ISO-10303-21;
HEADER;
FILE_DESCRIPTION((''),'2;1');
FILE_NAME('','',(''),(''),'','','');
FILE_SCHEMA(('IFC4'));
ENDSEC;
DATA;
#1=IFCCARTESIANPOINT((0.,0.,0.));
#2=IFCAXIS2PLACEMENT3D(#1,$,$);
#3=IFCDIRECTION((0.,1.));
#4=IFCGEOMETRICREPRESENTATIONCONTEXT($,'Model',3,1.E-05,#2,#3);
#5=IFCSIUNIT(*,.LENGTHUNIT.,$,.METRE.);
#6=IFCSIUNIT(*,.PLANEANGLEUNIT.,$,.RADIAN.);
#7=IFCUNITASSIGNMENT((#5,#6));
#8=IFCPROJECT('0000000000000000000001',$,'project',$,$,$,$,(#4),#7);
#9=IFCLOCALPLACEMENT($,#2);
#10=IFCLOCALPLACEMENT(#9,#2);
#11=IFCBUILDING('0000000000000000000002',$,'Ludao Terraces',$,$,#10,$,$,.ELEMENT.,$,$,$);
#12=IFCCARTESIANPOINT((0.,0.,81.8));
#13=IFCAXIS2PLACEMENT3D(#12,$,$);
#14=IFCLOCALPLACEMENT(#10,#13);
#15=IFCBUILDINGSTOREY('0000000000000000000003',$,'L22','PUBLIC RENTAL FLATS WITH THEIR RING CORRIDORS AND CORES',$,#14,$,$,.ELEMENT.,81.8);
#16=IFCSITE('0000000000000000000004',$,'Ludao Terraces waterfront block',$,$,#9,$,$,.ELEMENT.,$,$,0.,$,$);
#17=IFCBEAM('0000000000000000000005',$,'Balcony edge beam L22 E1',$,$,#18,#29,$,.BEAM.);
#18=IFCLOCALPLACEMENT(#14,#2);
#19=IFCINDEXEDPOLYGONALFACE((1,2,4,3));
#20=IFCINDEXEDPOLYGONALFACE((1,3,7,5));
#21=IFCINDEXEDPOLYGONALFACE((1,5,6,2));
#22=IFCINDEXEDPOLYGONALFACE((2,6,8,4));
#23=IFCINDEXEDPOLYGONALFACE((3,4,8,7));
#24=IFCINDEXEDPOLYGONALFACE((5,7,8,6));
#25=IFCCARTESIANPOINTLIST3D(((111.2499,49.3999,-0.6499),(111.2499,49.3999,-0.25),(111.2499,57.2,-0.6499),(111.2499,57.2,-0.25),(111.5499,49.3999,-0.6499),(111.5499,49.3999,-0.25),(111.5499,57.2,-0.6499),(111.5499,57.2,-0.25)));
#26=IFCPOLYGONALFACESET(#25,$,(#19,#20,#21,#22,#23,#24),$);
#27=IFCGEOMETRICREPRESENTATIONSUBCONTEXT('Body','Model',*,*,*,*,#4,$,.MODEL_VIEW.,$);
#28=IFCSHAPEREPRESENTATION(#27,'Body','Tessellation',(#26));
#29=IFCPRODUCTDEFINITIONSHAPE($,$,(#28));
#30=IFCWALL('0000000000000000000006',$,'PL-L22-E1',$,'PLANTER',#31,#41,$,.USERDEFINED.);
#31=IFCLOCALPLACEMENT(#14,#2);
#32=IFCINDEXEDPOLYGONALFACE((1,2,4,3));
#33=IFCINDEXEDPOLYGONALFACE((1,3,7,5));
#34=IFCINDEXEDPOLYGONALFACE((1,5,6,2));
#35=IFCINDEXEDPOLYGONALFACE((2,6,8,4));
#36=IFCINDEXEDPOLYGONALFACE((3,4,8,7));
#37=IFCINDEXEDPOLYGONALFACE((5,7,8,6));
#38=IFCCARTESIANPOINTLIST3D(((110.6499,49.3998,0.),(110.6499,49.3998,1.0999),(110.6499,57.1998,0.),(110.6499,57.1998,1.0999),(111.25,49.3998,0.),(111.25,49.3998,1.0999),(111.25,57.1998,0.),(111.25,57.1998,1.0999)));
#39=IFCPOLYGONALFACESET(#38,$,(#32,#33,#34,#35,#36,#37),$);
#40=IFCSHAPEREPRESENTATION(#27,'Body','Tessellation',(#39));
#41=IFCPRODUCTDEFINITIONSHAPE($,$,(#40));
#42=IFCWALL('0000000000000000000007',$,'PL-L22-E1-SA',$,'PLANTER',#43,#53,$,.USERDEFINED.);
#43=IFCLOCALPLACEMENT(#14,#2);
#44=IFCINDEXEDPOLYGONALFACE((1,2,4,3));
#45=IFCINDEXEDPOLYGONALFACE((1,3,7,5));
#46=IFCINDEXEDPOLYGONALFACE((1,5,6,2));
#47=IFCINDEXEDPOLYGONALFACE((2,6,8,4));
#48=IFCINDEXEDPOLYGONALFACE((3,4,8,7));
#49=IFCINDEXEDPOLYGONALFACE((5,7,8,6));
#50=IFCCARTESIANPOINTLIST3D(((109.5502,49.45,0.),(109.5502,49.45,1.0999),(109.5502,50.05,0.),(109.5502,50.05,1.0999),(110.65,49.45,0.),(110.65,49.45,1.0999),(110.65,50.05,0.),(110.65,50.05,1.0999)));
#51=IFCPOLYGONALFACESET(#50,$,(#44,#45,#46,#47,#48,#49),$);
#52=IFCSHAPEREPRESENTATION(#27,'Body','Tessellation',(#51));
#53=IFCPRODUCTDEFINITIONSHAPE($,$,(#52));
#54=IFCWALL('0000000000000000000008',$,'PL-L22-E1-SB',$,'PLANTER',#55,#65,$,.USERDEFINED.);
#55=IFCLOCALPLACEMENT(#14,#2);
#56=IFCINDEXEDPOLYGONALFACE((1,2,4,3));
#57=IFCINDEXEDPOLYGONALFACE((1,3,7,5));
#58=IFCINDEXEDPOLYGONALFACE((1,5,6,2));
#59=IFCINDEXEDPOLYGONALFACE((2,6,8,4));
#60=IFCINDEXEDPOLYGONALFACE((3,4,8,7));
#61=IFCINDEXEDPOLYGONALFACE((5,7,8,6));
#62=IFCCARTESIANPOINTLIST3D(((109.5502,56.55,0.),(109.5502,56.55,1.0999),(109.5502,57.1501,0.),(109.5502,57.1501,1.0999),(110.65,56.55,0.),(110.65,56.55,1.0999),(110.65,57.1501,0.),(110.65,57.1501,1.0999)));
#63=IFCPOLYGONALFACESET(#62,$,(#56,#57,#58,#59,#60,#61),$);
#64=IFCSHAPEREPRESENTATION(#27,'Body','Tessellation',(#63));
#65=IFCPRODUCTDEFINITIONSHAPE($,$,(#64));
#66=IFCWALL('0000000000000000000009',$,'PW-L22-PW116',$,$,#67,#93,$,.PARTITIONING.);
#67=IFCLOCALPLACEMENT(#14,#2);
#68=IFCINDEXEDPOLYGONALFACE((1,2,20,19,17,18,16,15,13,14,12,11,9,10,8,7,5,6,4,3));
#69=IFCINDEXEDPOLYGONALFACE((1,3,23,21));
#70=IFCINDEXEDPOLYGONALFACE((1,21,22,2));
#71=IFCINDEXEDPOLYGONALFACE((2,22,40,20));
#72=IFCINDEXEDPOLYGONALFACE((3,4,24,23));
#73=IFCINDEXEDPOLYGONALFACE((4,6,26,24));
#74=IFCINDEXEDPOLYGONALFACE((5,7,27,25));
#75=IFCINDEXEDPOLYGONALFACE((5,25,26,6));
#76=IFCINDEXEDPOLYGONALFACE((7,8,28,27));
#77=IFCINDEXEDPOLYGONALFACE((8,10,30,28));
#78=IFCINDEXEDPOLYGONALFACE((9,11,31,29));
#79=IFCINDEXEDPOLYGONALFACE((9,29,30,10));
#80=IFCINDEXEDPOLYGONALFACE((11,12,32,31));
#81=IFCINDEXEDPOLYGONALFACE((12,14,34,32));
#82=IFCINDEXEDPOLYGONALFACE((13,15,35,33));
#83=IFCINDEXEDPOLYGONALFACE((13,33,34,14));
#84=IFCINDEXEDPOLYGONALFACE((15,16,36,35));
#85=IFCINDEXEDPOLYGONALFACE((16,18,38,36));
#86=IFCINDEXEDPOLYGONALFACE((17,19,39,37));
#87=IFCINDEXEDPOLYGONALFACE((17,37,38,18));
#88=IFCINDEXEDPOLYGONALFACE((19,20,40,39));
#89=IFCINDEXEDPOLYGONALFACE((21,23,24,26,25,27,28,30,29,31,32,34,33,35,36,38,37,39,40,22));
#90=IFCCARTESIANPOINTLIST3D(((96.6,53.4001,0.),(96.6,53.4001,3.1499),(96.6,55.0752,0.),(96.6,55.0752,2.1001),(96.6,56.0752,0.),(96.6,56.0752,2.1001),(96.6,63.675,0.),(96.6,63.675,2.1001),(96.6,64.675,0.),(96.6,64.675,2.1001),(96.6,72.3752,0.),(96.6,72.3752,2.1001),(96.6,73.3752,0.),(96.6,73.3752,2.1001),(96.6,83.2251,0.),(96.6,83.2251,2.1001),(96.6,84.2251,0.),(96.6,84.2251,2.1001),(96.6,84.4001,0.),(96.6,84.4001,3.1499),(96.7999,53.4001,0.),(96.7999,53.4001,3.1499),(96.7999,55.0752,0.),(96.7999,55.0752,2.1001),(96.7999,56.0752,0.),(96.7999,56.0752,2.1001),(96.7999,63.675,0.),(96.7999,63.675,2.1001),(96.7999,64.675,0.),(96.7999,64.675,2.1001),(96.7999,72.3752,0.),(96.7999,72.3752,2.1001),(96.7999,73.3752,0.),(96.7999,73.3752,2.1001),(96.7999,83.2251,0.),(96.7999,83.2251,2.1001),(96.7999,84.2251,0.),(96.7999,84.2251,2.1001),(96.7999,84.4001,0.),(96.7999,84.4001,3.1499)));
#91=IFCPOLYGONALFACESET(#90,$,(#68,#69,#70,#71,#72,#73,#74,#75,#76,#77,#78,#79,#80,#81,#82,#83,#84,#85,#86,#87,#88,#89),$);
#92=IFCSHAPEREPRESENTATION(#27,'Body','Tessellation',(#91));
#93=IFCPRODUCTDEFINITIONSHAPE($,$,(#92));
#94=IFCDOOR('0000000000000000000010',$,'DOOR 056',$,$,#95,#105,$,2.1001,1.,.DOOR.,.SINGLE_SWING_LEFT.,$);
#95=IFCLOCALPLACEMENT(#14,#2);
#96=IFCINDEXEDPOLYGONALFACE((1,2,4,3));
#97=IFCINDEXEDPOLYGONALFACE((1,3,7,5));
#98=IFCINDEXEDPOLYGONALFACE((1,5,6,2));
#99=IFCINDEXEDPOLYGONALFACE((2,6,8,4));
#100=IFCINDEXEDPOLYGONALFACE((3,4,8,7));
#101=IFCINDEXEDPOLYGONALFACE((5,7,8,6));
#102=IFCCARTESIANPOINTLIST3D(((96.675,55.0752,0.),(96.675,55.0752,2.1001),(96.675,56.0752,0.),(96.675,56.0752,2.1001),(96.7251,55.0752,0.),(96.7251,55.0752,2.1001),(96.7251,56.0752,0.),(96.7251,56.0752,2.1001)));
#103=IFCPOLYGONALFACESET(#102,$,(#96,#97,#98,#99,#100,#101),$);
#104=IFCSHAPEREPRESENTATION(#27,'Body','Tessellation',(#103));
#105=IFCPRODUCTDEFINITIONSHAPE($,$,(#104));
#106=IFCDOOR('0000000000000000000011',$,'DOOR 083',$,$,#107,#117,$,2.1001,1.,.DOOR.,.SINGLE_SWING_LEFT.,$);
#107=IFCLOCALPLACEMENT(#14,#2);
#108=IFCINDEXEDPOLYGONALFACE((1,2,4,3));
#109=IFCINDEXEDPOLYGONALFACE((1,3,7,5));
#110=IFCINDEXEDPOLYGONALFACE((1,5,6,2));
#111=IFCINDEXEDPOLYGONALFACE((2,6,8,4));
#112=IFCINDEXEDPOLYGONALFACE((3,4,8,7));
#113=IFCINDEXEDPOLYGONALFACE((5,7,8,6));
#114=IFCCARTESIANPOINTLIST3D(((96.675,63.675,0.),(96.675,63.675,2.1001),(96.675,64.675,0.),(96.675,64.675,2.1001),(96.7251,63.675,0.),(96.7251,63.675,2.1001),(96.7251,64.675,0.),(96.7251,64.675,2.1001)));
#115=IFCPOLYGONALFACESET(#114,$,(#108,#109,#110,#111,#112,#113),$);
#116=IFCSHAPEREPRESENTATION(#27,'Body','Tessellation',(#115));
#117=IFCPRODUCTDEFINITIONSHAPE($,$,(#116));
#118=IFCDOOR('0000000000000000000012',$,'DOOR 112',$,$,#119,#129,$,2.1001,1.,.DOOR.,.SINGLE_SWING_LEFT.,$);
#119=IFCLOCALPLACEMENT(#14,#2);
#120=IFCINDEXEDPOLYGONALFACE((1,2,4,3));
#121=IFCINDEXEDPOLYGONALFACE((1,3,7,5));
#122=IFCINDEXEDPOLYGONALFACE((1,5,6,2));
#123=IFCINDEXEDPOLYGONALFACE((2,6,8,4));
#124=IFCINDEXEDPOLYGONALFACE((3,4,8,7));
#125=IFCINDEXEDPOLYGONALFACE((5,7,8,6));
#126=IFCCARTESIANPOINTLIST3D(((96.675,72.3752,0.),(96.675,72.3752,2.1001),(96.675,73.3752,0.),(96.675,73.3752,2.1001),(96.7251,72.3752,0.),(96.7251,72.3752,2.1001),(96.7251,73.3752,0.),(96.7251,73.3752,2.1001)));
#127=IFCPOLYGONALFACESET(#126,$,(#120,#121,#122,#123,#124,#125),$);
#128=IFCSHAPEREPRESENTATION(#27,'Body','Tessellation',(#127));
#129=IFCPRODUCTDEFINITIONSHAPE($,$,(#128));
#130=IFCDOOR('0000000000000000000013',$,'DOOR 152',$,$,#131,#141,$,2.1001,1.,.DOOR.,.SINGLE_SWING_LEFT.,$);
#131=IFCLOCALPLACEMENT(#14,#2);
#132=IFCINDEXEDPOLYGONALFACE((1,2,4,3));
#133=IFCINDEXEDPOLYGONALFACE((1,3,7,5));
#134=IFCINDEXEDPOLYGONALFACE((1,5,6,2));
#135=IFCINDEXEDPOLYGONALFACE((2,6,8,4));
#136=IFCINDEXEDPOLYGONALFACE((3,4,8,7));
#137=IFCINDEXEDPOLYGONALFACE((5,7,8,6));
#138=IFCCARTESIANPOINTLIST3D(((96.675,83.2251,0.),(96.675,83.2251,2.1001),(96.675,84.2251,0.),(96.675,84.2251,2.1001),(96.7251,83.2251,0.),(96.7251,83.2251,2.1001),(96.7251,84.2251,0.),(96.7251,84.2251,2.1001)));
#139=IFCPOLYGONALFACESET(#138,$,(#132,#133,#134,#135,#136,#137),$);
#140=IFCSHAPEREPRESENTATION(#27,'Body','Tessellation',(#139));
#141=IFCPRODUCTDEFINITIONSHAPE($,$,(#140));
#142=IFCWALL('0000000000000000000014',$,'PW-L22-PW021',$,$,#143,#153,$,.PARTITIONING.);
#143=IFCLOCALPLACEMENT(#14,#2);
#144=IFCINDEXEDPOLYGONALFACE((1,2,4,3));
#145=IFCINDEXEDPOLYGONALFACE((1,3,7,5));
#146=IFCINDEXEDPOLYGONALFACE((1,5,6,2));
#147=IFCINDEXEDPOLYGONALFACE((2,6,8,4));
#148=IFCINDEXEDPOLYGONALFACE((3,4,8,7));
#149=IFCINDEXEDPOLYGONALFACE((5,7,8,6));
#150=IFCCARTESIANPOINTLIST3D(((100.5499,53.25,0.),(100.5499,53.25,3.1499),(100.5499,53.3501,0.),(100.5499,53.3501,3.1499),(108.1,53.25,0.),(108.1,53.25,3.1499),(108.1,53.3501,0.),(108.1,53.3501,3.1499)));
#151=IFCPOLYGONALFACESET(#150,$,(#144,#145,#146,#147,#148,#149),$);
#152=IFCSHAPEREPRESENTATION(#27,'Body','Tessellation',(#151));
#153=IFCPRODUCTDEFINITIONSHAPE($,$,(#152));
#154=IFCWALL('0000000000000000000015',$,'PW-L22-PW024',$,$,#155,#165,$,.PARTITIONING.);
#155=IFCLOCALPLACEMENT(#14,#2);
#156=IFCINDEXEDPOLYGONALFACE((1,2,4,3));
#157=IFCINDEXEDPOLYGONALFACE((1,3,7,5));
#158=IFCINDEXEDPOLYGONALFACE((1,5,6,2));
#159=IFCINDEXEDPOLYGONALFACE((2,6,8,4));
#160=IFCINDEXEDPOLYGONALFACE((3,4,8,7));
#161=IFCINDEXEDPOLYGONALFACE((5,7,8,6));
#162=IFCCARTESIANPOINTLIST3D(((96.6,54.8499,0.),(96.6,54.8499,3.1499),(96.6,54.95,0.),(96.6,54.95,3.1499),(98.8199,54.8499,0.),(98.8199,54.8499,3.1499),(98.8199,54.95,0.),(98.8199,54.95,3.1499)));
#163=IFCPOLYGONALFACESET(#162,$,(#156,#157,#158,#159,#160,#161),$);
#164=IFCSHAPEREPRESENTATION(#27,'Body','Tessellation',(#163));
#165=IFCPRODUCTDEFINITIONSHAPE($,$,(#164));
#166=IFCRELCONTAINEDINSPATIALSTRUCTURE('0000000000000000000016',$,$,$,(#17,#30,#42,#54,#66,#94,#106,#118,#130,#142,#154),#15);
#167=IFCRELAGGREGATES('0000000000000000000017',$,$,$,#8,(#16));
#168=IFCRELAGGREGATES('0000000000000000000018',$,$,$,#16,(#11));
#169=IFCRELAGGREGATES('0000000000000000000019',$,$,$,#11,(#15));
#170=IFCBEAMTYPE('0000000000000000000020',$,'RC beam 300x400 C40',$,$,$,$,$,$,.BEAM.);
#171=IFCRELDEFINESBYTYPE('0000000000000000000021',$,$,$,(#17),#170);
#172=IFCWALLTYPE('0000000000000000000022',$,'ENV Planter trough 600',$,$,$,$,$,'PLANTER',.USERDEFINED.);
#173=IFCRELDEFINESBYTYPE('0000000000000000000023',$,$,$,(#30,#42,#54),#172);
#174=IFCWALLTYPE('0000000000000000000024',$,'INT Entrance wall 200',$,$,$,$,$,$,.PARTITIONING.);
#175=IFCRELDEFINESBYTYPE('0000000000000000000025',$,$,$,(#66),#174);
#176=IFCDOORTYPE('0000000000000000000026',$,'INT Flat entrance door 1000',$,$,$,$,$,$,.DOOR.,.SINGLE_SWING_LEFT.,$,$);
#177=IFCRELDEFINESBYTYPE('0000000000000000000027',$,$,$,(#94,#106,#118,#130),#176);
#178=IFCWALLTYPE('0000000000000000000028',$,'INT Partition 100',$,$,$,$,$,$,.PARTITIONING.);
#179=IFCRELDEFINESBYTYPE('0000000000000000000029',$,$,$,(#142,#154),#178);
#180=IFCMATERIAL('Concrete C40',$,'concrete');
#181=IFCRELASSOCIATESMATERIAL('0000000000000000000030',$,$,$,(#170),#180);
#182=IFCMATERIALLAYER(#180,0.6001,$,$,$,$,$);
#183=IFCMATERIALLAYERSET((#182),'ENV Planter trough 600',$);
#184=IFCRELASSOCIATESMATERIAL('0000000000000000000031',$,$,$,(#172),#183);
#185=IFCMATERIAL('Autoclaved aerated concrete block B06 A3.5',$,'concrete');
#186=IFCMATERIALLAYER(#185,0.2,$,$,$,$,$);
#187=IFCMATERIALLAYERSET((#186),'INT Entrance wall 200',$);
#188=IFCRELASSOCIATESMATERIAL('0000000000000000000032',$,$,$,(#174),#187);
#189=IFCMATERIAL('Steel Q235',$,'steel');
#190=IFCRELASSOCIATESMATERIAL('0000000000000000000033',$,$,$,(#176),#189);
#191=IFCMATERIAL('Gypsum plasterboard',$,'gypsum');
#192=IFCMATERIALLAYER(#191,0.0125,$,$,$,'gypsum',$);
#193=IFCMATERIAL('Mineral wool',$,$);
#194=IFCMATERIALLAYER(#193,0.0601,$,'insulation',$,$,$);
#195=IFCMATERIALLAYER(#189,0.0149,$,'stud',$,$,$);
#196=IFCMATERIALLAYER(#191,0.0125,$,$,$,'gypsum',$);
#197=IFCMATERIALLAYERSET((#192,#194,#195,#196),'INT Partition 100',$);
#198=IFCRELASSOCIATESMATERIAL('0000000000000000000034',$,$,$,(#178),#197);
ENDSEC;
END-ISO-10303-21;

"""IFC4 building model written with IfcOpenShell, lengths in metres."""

from ifc_helpers import new_model, si_unit, direction, frame, frame_2d, origin, origin_2d, place, context, subcontext, project, spatial, rectangle, extrude, material, layer, layer_set, material_profile, profile_set, type_object, element, fill, save


model = new_model("IFC4")

# Units and contexts
model_context = context("Model", 3, precision=1e-05, world=origin(), true_north=direction((0.0, 1.0)))
body_context = subcontext(model_context, "Body", "Model", "MODEL_VIEW")
ifc_project = project(units=[si_unit("LENGTHUNIT", "METRE"), si_unit("PLANEANGLEUNIT", "RADIAN")], contexts=[model_context])

# Site, building, storey
site_placement = place(None, origin())
site = spatial("IfcSite", under=ifc_project, at=site_placement, Name="Ludao Terraces waterfront block", CompositionType="ELEMENT", RefElevation=0.0)
building_placement = place(site_placement, origin())
building = spatial("IfcBuilding", under=site, at=building_placement, Name="Ludao Terraces", CompositionType="ELEMENT")
storey_placement = place(building_placement, frame((0.0, 0.0, 81.8)))
storey = spatial("IfcBuildingStorey", under=building, at=storey_placement, Name="L22", Description="PUBLIC RENTAL FLATS WITH THEIR RING CORRIDORS AND CORES", CompositionType="ELEMENT", Elevation=81.8)

# Beam
ifc_material_1 = material(Name="Concrete C40", Category="concrete")
ifc_material_profile = material_profile(ifc_material_1, rectangle(XDim=0.3, YDim=0.3999, at=origin_2d()), Name="300 X 400")
ifc_profile_set = profile_set([ifc_material_profile], Name="Concrete C40")
beam_type = type_object("IfcBeamType", Name="RC beam 300x400 C40", PredefinedType="BEAM", material=ifc_profile_set)
beam_placement = place(storey_placement, frame((111.3999, 49.3999, -0.45), z_axis=(0.0, 1.0, 0.0), x_axis=(-1.0, 0.0, 0.0)))
element("IfcBeam", 1, at=beam_placement, inside=storey, type_object=beam_type, Name="Balcony edge beam L22 E1", PredefinedType="BEAM", context=body_context, shape_type="SweptSolid", body=[
    extrude(rectangle(XDim=0.3, YDim=0.3999, at=origin_2d()), origin(), (0.0, 0.0, 1.0), 7.8),
])

# Walls
ifc_layer_1 = layer(ifc_material_1, 0.6001)
ifc_layer_set_1 = layer_set([ifc_layer_1], Name="ENV Planter trough 600")
wall_type_1 = type_object("IfcWallType", Name="ENV Planter trough 600", ElementType="PLANTER", PredefinedType="USERDEFINED", material=ifc_layer_set_1)
wall_1_placement = place(storey_placement, frame((110.95, 49.3999, 0.0), z_axis=(0.0, 0.0, 1.0), x_axis=(0.0, 1.0, 0.0)))
element("IfcWall", 2, at=wall_1_placement, inside=storey, type_object=wall_type_1, Name="PL-L22-E1", ObjectType="PLANTER", PredefinedType="USERDEFINED", context=body_context, shape_type="SweptSolid", body=[
    extrude(rectangle(XDim=7.8, YDim=0.6001, at=frame_2d((3.8999, 0.0))), origin(), (0.0, 0.0, 1.0), 1.0999),
])
for number, where, z_axis, x_axis, name in (
    (3, (110.6499, 49.75, 0.0), (0.0, 0.0, 1.0), (-1.0, 0.0, 0.0), "PL-L22-E1-SA"),
    (4, (110.6499, 56.8501, 0.0), (0.0, 0.0, 1.0), (-1.0, 0.0, 0.0), "PL-L22-E1-SB"),
):
    element("IfcWall", number, at=place(storey_placement, frame(where, z_axis=z_axis, x_axis=x_axis)), inside=storey, type_object=wall_type_1, Name=name, ObjectType="PLANTER", PredefinedType="USERDEFINED", context=body_context, shape_type="SweptSolid", body=[
        extrude(rectangle(XDim=1.0999, YDim=0.6001, at=frame_2d((0.5498, 0.0))), origin(), (0.0, 0.0, 1.0), 1.0999),
    ])

# Shared definitions
ifc_material_2 = material(Name="Mineral wool")

# Wall, openings, doors
ifc_material_3 = material(Name="Autoclaved aerated concrete block B06 A3.5", Category="concrete")
ifc_layer_2 = layer(ifc_material_3, 0.2)
ifc_layer_set_2 = layer_set([ifc_layer_2], Name="INT Entrance wall 200")
wall_type_2 = type_object("IfcWallType", Name="INT Entrance wall 200", PredefinedType="PARTITIONING", material=ifc_layer_set_2)
wall_2_placement = place(storey_placement, frame((96.7, 53.4001, 0.0), z_axis=(0.0, 0.0, 1.0), x_axis=(0.0, 1.0, 0.0)))
wall_2 = element("IfcWall", 5, at=wall_2_placement, inside=storey, type_object=wall_type_2, Name="PW-L22-PW116", PredefinedType="PARTITIONING", context=body_context, shape_type="SweptSolid", body=[
    extrude(rectangle(XDim=31.0, YDim=0.2, at=frame_2d((15.5, 0.0))), origin(), (0.0, 0.0, 1.0), 3.1499),
])
opening_1_placement = place(wall_2_placement, frame((1.675, 0.0, 0.0)))
opening_1 = element("IfcOpeningElement", 6, at=opening_1_placement, cuts=wall_2, PredefinedType="OPENING", context=body_context, shape_type="SweptSolid", body=[
    extrude(rectangle(XDim=1.0, YDim=2.1001, at=frame_2d((0.5, 1.05))), frame((0.0, 0.1099, 0.0), z_axis=(0.0, -1.0, 0.0), x_axis=(1.0, 0.0, 0.0)), (0.0, 0.0, 1.0), 0.22),
])
opening_2_placement = place(wall_2_placement, frame((10.2749, 0.0, 0.0)))
opening_2 = element("IfcOpeningElement", 7, at=opening_2_placement, cuts=wall_2, PredefinedType="OPENING", context=body_context, shape_type="SweptSolid", body=[
    extrude(rectangle(XDim=1.0, YDim=2.1001, at=frame_2d((0.5, 1.05))), frame((0.0, 0.1099, 0.0), z_axis=(0.0, -1.0, 0.0), x_axis=(1.0, 0.0, 0.0)), (0.0, 0.0, 1.0), 0.22),
])
opening_3_placement = place(wall_2_placement, frame((18.9751, 0.0, 0.0)))
opening_3 = element("IfcOpeningElement", 8, at=opening_3_placement, cuts=wall_2, PredefinedType="OPENING", context=body_context, shape_type="SweptSolid", body=[
    extrude(rectangle(XDim=1.0, YDim=2.1001, at=frame_2d((0.5, 1.05))), frame((0.0, 0.1099, 0.0), z_axis=(0.0, -1.0, 0.0), x_axis=(1.0, 0.0, 0.0)), (0.0, 0.0, 1.0), 0.22),
])
opening_4_placement = place(wall_2_placement, frame((29.825, 0.0, 0.0)))
opening_4 = element("IfcOpeningElement", 9, at=opening_4_placement, cuts=wall_2, PredefinedType="OPENING", context=body_context, shape_type="SweptSolid", body=[
    extrude(rectangle(XDim=1.0, YDim=2.1001, at=frame_2d((0.5, 1.05))), frame((0.0, 0.1099, 0.0), z_axis=(0.0, -1.0, 0.0), x_axis=(1.0, 0.0, 0.0)), (0.0, 0.0, 1.0), 0.22),
])
ifc_material_4 = material(Name="Steel Q235", Category="steel")
door_type_1 = type_object("IfcDoorType", Name="INT Flat entrance door 1000", OperationType="SINGLE_SWING_LEFT", PredefinedType="DOOR", material=ifc_material_4)
door_1_placement = place(opening_1_placement, origin())
door_1 = element("IfcDoor", 10, at=door_1_placement, inside=storey, type_object=door_type_1, Name="DOOR 056", OperationType="SINGLE_SWING_LEFT", OverallHeight=2.1001, OverallWidth=1.0, PredefinedType="DOOR", context=body_context, shape_type="SweptSolid", body=[
    extrude(rectangle(XDim=1.0, YDim=2.1001, at=frame_2d((0.5, 1.05))), frame((0.0, 0.0249, 0.0), z_axis=(0.0, -1.0, 0.0), x_axis=(1.0, 0.0, 0.0)), (0.0, 0.0, 1.0), 0.05),
])
fill(opening_1, door_1)
door_2_placement = place(opening_2_placement, origin())
door_2 = element("IfcDoor", 11, at=door_2_placement, inside=storey, type_object=door_type_1, Name="DOOR 083", OperationType="SINGLE_SWING_LEFT", OverallHeight=2.1001, OverallWidth=1.0, PredefinedType="DOOR", context=body_context, shape_type="SweptSolid", body=[
    extrude(rectangle(XDim=1.0, YDim=2.1001, at=frame_2d((0.5, 1.05))), frame((0.0, 0.0249, 0.0), z_axis=(0.0, -1.0, 0.0), x_axis=(1.0, 0.0, 0.0)), (0.0, 0.0, 1.0), 0.05),
])
fill(opening_2, door_2)
door_3_placement = place(opening_3_placement, origin())
door_3 = element("IfcDoor", 12, at=door_3_placement, inside=storey, type_object=door_type_1, Name="DOOR 112", OperationType="SINGLE_SWING_LEFT", OverallHeight=2.1001, OverallWidth=1.0, PredefinedType="DOOR", context=body_context, shape_type="SweptSolid", body=[
    extrude(rectangle(XDim=1.0, YDim=2.1001, at=frame_2d((0.5, 1.05))), frame((0.0, 0.0249, 0.0), z_axis=(0.0, -1.0, 0.0), x_axis=(1.0, 0.0, 0.0)), (0.0, 0.0, 1.0), 0.05),
])
fill(opening_3, door_3)
door_4_placement = place(opening_4_placement, origin())
door_4 = element("IfcDoor", 13, at=door_4_placement, inside=storey, type_object=door_type_1, Name="DOOR 152", OperationType="SINGLE_SWING_LEFT", OverallHeight=2.1001, OverallWidth=1.0, PredefinedType="DOOR", context=body_context, shape_type="SweptSolid", body=[
    extrude(rectangle(XDim=1.0, YDim=2.1001, at=frame_2d((0.5, 1.05))), frame((0.0, 0.0249, 0.0), z_axis=(0.0, -1.0, 0.0), x_axis=(1.0, 0.0, 0.0)), (0.0, 0.0, 1.0), 0.05),
])
fill(opening_4, door_4)

# Walls
ifc_material_5 = material(Name="Gypsum plasterboard", Category="gypsum")
ifc_layer_3 = layer(ifc_material_5, 0.0125, Category="gypsum")
ifc_layer_4 = layer(ifc_material_2, 0.0601, Name="insulation")
ifc_layer_5 = layer(ifc_material_4, 0.0149, Name="stud")
ifc_layer_6 = layer(ifc_material_5, 0.0125, Category="gypsum")
ifc_layer_set_3 = layer_set([ifc_layer_3, ifc_layer_4, ifc_layer_5, ifc_layer_6], Name="INT Partition 100")
wall_type_3 = type_object("IfcWallType", Name="INT Partition 100", PredefinedType="PARTITIONING", material=ifc_layer_set_3)
wall_3_placement = place(storey_placement, frame((100.55, 53.3, 0.0), z_axis=(0.0, 0.0, 1.0), x_axis=(1.0, 0.0, 0.0)))
element("IfcWall", 14, at=wall_3_placement, inside=storey, type_object=wall_type_3, Name="PW-L22-PW021", PredefinedType="PARTITIONING", context=body_context, shape_type="SweptSolid", body=[
    extrude(rectangle(XDim=7.55, YDim=0.1001, at=frame_2d((3.7749, 0.0))), origin(), (0.0, 0.0, 1.0), 3.1499),
])
for number, where, z_axis, x_axis, name in (
    (15, (96.6001, 54.8999, 0.0), (0.0, 0.0, 1.0), (1.0, 0.0, 0.0), "PW-L22-PW024"),
):
    element("IfcWall", number, at=place(storey_placement, frame(where, z_axis=z_axis, x_axis=x_axis)), inside=storey, type_object=wall_type_3, Name=name, PredefinedType="PARTITIONING", context=body_context, shape_type="SweptSolid", body=[
        extrude(rectangle(XDim=2.22, YDim=0.1001, at=frame_2d((1.1099, 0.0))), origin(), (0.0, 0.0, 1.0), 3.1499),
    ])

save(model, "model.ifc")
